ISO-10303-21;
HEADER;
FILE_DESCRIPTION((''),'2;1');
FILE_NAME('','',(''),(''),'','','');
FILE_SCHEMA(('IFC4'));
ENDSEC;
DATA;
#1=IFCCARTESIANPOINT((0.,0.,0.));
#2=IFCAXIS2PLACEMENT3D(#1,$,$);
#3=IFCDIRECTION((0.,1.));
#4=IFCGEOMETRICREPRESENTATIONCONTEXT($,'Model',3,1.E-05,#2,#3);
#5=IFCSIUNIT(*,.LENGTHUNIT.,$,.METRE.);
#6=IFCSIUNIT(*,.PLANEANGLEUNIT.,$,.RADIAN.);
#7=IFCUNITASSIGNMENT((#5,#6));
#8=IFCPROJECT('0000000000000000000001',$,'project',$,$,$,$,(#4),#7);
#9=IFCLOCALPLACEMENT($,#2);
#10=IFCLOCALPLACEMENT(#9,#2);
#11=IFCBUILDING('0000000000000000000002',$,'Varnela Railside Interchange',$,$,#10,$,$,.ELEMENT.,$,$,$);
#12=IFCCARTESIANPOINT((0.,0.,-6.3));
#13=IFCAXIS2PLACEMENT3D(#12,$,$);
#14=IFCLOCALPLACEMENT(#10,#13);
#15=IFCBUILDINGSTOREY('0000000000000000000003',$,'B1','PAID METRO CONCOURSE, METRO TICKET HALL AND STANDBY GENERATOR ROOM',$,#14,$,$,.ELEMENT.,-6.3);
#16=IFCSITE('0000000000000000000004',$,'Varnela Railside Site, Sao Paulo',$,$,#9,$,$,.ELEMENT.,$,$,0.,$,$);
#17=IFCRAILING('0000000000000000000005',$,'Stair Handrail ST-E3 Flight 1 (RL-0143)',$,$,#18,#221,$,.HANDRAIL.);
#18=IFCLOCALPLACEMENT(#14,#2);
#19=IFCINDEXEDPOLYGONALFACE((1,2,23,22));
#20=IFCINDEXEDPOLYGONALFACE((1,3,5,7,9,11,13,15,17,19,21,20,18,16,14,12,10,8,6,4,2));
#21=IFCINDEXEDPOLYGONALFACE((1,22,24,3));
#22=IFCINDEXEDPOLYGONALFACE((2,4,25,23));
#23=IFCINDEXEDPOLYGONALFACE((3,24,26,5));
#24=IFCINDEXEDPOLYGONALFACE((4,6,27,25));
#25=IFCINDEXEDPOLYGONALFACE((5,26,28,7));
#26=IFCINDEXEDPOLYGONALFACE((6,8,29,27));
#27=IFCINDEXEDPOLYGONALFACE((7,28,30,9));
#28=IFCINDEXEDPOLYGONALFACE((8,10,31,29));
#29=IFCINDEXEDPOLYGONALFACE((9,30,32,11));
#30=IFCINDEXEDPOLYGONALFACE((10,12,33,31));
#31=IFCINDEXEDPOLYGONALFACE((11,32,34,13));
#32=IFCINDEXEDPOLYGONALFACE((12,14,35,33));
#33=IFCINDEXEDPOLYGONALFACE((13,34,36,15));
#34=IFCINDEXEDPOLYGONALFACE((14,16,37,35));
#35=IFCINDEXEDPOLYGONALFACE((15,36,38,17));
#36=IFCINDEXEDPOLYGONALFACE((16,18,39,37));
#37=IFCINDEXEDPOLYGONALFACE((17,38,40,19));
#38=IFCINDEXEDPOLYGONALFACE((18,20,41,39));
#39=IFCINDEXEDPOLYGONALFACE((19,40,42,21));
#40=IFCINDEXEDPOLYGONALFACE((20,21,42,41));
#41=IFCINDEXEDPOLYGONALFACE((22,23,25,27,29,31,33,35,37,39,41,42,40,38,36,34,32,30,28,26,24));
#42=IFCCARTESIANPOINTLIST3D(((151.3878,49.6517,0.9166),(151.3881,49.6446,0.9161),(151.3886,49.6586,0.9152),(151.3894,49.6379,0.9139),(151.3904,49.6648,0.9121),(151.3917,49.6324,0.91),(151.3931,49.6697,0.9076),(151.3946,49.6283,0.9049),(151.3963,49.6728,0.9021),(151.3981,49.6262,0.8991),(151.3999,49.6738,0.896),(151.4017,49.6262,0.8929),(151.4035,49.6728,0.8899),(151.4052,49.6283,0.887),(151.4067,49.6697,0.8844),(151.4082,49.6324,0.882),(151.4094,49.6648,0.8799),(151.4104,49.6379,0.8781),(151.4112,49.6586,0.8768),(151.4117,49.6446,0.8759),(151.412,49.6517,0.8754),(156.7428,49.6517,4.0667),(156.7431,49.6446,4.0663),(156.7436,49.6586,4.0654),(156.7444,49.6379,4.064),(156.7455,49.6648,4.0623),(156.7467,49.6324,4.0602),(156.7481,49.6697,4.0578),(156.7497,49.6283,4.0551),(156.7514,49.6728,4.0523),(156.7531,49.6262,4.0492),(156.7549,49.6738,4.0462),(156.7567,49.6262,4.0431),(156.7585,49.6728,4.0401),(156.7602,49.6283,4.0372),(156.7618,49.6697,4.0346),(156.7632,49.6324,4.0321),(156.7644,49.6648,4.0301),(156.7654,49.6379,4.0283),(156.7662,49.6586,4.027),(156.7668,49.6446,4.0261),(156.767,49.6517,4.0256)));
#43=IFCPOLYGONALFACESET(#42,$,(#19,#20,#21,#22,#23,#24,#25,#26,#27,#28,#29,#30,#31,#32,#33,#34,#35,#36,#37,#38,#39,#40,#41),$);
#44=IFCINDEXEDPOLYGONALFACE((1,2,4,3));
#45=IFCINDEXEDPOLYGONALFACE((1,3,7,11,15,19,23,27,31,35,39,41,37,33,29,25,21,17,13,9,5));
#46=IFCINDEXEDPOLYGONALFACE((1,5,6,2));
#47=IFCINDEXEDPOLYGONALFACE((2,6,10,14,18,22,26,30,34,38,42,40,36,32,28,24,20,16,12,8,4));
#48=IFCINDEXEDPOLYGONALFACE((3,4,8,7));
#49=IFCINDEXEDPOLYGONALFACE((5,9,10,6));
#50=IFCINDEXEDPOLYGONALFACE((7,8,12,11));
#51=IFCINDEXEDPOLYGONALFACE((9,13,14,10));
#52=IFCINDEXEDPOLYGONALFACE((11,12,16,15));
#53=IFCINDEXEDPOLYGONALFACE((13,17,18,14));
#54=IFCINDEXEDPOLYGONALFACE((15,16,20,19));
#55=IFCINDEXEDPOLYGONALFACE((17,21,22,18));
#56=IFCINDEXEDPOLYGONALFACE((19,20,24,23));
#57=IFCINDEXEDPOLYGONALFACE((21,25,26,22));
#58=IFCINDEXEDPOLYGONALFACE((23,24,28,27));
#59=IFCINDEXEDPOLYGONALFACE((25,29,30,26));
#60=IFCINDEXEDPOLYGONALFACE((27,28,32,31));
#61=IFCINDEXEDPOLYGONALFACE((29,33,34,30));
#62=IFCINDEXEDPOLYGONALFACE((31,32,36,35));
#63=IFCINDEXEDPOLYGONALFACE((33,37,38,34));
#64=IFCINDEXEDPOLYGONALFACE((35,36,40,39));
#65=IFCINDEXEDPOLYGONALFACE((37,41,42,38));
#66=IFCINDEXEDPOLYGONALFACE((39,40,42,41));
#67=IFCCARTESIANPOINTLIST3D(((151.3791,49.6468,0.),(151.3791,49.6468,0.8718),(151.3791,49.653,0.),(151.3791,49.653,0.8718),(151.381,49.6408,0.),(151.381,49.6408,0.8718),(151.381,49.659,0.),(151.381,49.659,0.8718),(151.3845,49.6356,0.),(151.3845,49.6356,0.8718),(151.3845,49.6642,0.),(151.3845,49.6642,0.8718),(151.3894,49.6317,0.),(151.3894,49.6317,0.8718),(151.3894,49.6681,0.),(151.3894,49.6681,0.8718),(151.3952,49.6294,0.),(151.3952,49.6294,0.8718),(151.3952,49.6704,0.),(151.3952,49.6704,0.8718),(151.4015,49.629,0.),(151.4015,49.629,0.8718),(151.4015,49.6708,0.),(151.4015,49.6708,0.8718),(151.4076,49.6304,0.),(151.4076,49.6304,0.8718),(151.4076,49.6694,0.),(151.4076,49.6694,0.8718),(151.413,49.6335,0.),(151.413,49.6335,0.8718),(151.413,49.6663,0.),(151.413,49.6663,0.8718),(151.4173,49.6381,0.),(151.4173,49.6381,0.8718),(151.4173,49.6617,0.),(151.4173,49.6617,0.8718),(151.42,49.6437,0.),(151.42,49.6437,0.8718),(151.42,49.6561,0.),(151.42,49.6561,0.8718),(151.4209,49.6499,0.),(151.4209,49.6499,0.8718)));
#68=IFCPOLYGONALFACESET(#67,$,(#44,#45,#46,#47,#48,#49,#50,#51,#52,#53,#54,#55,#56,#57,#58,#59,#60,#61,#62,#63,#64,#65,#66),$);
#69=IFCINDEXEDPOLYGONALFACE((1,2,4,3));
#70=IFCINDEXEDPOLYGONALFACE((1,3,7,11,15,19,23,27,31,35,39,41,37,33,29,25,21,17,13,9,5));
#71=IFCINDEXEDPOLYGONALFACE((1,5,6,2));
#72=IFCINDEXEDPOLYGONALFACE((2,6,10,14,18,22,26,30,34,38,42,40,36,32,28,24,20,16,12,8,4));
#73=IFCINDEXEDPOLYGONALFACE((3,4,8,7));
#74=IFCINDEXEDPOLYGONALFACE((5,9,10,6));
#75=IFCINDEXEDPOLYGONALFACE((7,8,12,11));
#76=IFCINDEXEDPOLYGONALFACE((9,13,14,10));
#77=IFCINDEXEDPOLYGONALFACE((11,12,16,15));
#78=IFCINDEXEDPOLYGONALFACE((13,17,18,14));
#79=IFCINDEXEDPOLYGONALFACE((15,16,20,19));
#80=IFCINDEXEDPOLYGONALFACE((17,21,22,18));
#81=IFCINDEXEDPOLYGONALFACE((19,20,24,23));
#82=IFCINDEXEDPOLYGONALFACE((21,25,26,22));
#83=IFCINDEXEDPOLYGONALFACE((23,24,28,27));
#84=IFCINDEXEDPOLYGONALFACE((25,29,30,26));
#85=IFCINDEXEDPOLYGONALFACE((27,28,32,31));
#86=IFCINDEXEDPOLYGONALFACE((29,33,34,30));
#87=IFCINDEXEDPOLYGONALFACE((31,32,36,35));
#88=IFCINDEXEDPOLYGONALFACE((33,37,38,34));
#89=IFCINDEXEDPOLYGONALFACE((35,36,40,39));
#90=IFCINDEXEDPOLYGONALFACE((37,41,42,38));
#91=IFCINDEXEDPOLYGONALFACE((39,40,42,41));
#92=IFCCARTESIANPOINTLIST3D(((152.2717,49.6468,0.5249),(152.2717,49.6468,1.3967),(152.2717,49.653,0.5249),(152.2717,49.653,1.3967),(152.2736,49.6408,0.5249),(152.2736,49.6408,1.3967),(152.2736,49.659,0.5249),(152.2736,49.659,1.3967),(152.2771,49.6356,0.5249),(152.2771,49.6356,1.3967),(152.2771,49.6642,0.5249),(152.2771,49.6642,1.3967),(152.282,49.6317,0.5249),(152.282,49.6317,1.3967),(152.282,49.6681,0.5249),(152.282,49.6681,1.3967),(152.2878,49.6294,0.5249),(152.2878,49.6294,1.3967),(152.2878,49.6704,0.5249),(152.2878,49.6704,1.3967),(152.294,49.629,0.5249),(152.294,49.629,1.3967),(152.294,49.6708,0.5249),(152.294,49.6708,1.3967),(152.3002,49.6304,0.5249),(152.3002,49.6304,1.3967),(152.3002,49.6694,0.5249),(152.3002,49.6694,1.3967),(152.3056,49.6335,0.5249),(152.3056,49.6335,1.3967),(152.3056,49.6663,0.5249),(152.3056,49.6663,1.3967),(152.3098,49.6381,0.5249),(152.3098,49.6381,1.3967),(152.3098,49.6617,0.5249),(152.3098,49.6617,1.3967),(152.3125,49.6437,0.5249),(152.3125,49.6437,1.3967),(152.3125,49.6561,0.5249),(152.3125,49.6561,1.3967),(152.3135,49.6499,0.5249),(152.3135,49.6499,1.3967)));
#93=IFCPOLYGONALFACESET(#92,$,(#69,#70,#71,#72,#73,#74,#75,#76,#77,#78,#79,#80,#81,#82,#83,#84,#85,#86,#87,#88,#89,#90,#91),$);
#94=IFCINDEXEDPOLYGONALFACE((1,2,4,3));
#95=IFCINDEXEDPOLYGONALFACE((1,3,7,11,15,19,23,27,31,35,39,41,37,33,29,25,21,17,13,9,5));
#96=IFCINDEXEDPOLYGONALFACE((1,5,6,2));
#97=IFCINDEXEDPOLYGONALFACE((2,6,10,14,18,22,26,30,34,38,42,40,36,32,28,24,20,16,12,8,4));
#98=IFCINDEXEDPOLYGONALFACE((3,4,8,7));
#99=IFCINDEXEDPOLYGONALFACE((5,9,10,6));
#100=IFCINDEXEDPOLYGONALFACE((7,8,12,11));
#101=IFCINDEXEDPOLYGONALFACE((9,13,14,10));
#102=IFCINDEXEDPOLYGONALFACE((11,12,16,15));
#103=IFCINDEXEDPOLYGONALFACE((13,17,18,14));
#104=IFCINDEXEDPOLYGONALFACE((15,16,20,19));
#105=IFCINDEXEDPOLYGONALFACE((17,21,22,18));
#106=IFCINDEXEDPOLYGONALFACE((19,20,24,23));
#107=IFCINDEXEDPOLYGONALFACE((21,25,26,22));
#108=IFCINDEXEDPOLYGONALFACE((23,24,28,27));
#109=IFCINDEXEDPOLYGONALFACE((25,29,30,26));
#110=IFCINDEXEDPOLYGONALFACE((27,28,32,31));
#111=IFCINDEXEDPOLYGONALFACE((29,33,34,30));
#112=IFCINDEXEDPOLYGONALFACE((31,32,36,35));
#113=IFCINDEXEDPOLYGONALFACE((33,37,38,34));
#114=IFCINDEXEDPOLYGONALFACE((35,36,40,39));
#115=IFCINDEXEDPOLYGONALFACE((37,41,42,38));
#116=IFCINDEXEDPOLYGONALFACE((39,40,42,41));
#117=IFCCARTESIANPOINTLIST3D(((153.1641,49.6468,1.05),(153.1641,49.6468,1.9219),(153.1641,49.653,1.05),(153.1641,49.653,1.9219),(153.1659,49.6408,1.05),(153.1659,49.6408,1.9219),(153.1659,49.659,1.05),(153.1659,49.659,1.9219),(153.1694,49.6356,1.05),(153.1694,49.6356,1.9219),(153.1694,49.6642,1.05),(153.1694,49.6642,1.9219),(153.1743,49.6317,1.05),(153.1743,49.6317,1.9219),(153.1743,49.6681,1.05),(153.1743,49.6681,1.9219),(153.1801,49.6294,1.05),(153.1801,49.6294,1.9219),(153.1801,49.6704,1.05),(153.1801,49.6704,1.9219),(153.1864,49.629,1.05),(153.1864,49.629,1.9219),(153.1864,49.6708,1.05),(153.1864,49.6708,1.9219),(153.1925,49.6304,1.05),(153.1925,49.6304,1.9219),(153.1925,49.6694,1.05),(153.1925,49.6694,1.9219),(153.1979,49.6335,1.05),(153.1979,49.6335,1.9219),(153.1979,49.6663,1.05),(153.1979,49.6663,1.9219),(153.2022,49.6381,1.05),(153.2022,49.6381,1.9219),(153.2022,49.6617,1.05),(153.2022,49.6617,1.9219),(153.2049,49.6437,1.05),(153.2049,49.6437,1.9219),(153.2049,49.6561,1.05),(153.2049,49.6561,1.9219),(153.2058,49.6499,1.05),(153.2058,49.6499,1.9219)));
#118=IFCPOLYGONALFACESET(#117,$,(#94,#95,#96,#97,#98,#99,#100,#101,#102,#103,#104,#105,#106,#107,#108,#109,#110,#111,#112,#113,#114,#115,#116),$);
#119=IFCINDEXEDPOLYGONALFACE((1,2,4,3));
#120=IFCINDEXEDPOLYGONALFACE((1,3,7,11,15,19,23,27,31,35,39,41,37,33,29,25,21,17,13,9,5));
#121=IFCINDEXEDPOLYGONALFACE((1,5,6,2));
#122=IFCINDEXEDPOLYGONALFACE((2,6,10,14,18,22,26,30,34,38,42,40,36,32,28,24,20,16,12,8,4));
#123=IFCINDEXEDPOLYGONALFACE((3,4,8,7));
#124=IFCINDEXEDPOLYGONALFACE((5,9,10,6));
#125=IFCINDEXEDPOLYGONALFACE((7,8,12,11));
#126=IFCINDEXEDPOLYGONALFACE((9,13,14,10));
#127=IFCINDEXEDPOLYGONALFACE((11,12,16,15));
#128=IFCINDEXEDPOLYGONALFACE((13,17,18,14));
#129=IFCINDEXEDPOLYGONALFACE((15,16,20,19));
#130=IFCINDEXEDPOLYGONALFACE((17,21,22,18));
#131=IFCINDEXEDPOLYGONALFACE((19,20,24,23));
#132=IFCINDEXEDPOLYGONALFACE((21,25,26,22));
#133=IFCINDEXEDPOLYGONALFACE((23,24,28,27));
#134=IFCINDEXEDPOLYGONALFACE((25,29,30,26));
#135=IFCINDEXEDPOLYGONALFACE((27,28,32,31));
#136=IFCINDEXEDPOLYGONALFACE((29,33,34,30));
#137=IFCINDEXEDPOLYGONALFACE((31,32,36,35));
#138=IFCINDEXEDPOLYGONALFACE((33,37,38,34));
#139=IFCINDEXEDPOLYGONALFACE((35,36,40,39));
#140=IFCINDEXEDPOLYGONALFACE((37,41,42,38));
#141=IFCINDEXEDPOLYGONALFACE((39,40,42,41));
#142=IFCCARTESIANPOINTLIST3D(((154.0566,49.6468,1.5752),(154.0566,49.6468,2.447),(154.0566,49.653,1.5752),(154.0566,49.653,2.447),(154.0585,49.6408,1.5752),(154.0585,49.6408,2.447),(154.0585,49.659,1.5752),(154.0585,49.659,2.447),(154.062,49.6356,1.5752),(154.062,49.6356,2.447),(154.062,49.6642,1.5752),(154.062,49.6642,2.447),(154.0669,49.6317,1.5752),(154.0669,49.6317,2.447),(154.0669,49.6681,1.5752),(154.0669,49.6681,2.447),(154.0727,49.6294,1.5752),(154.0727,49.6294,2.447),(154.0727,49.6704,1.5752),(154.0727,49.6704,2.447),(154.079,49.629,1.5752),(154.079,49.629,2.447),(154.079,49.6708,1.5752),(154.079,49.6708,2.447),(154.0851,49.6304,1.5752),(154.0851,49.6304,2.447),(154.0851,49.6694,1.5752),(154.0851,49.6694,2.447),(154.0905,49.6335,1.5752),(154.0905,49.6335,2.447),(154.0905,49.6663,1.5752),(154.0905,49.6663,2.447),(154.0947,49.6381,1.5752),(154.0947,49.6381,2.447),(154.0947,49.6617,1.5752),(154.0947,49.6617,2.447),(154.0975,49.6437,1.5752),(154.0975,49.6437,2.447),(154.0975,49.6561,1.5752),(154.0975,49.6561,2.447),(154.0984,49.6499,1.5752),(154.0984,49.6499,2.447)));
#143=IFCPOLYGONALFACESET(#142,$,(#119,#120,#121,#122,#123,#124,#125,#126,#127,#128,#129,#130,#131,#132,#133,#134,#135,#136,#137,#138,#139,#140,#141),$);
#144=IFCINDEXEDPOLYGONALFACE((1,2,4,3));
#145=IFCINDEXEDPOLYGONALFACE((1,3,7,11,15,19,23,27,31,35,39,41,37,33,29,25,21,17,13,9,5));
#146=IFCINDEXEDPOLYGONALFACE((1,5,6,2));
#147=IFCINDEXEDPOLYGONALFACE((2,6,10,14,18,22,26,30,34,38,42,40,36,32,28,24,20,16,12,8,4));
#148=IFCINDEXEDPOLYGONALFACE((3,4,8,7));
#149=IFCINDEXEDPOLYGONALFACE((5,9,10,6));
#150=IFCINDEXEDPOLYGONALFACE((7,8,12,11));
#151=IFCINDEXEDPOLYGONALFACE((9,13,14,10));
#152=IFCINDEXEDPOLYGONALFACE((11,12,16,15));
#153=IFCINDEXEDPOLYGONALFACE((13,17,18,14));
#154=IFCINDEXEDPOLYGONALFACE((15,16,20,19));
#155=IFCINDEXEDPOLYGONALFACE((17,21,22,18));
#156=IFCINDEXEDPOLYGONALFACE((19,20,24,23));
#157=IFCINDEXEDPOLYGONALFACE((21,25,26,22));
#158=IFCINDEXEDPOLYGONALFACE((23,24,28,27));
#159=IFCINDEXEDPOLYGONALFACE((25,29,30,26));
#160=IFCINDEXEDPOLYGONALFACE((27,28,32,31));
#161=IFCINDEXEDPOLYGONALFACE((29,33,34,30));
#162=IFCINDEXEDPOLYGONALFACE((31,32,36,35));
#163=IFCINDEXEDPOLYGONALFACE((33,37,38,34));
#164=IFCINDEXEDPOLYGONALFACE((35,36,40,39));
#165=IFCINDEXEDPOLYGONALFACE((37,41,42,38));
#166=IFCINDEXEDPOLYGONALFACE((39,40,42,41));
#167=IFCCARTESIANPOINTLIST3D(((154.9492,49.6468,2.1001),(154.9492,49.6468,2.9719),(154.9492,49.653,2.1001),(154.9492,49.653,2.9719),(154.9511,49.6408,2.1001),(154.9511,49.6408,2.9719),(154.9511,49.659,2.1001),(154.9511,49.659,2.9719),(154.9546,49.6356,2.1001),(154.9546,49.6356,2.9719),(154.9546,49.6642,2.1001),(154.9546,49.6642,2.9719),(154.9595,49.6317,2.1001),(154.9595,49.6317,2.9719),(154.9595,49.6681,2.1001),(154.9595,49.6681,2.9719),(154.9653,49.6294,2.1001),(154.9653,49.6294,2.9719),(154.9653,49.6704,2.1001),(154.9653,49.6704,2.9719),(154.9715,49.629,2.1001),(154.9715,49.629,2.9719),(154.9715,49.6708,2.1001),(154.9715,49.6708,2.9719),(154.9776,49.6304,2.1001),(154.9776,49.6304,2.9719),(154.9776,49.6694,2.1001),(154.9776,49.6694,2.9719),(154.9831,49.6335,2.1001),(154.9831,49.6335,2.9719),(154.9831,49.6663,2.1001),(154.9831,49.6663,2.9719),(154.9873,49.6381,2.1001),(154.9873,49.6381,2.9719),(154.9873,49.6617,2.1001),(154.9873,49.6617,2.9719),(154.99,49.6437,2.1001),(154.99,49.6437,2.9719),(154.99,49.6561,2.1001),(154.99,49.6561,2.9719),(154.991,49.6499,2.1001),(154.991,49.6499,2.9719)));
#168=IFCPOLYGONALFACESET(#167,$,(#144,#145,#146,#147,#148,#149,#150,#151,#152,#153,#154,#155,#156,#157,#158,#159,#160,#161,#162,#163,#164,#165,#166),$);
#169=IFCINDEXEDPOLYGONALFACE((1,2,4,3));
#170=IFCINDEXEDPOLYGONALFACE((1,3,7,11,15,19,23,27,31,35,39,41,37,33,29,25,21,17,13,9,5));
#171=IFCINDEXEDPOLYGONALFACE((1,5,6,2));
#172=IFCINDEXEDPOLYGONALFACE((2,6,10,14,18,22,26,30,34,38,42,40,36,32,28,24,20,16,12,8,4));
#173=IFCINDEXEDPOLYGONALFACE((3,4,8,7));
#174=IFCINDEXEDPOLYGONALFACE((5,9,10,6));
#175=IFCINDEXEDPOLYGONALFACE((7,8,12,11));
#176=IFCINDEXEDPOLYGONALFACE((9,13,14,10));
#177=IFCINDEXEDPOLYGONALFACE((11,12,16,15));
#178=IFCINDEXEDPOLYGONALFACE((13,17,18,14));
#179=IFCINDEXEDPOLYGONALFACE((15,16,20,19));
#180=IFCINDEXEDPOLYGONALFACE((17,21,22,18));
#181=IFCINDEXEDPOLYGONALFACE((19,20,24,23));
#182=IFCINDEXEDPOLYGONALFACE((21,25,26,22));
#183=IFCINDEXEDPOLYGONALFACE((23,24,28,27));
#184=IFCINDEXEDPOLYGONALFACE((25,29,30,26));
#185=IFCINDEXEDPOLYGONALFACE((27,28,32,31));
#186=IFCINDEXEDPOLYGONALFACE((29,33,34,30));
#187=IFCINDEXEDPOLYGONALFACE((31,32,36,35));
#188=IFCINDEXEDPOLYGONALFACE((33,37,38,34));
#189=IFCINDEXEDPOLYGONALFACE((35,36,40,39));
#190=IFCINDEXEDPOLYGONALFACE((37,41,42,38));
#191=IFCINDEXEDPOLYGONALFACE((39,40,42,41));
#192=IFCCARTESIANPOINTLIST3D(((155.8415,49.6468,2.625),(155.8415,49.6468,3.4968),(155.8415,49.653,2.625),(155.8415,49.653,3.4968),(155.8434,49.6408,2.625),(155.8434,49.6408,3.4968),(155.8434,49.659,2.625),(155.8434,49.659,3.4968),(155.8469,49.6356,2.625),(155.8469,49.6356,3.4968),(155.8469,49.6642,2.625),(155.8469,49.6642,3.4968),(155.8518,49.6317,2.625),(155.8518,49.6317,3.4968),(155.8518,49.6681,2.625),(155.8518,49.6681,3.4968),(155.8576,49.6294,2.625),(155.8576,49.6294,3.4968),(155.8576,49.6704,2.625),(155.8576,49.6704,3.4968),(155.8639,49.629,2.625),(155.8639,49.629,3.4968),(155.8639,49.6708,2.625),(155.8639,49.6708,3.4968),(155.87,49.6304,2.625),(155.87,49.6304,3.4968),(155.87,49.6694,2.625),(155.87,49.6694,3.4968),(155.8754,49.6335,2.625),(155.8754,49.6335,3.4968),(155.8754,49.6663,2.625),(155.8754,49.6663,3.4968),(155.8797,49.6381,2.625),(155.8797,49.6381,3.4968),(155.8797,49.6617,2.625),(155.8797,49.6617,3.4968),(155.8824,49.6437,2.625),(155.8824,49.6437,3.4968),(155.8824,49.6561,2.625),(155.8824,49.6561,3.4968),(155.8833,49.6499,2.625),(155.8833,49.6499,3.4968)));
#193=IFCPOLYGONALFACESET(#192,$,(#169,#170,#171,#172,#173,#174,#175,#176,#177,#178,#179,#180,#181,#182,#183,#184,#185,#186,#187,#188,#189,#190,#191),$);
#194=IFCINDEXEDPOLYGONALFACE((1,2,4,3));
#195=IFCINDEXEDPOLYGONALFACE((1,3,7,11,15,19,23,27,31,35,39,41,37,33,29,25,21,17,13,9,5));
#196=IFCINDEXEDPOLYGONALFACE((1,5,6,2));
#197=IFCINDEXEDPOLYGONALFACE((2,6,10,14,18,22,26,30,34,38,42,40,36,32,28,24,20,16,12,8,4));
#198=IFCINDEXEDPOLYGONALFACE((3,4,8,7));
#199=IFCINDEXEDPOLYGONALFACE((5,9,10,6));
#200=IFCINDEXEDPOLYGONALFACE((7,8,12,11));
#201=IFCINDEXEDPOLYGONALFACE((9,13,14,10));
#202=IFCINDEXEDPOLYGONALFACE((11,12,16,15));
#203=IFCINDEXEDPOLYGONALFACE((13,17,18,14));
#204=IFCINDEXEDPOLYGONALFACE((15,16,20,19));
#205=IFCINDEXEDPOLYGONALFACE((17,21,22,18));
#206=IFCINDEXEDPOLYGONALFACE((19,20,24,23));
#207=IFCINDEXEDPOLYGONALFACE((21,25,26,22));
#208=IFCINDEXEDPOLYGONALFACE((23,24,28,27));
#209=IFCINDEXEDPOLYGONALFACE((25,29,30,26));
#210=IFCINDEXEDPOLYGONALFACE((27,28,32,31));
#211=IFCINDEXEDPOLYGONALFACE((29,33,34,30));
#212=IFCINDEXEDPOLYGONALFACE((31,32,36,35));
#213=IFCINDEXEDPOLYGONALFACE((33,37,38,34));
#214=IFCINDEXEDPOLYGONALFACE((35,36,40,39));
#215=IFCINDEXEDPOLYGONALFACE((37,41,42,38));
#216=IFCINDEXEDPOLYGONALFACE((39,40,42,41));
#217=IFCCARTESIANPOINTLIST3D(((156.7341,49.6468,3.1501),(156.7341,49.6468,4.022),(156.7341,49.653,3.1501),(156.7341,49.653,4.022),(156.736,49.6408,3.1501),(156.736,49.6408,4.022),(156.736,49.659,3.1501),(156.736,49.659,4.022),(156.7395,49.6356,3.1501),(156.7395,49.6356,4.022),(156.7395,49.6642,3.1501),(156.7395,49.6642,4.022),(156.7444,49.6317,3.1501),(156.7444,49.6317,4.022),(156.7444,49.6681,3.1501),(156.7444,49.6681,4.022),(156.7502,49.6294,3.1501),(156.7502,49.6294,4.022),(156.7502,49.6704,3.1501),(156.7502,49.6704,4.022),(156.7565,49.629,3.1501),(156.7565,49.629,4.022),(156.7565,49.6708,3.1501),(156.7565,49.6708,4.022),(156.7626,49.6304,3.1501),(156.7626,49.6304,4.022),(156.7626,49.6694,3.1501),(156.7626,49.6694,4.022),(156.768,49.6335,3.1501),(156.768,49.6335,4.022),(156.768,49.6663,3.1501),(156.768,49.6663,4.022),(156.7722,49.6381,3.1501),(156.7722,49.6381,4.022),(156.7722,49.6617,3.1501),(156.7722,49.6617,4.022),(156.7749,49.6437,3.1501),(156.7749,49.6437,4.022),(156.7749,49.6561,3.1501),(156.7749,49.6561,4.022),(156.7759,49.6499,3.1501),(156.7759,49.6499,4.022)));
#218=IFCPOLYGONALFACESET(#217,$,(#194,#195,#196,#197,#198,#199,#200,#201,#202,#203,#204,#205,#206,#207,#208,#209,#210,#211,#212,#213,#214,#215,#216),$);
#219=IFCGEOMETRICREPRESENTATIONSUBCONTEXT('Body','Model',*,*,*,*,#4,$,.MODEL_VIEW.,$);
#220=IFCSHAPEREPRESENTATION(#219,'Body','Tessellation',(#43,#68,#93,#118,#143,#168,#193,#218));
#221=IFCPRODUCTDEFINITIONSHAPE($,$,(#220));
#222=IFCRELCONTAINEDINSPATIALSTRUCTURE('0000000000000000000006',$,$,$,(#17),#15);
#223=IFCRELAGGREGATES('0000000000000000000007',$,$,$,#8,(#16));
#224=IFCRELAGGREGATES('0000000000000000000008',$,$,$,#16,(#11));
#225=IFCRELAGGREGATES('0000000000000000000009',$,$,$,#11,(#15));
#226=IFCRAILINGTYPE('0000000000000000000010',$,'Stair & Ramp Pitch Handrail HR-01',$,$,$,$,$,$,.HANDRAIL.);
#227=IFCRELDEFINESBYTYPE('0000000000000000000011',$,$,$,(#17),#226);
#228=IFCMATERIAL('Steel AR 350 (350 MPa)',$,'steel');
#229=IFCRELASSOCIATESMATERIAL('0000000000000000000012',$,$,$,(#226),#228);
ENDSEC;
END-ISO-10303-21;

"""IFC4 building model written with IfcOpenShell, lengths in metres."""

from ifc_helpers import new_model, si_unit, direction, frame, origin, origin_2d, place, context, subcontext, project, spatial, circle, extrude, material, type_object, element, save


model = new_model("IFC4")

# Units and contexts
model_context = context("Model", 3, precision=1e-05, world=origin(), true_north=direction((0.0, 1.0)))
body_context = subcontext(model_context, "Body", "Model", "MODEL_VIEW")
ifc_project = project(units=[si_unit("LENGTHUNIT", "METRE"), si_unit("PLANEANGLEUNIT", "RADIAN")], contexts=[model_context])

# Site, building, storey
site_placement = place(None, origin())
site = spatial("IfcSite", under=ifc_project, at=site_placement, Name="Varnela Railside Site, Sao Paulo", CompositionType="ELEMENT", RefElevation=0.0)
building_placement = place(site_placement, origin())
building = spatial("IfcBuilding", under=site, at=building_placement, Name="Varnela Railside Interchange", CompositionType="ELEMENT")
storey_placement = place(building_placement, frame((0.0, 0.0, -6.3)))
storey = spatial("IfcBuildingStorey", under=building, at=storey_placement, Name="B1", Description="PAID METRO CONCOURSE, METRO TICKET HALL AND STANDBY GENERATOR ROOM", CompositionType="ELEMENT", Elevation=-6.3)

# Railing
ifc_material_1 = material(Name="Steel AR 350 (350 MPa)", Category="steel")
railing_type_1 = type_object("IfcRailingType", Name="Stair & Ramp Pitch Handrail HR-01", PredefinedType="HANDRAIL", material=ifc_material_1)
railing_1_placement = place(storey_placement, frame((151.3999, 49.6499, 0.0)))
element("IfcRailing", 1, at=railing_1_placement, inside=storey, type_object=railing_type_1, Name="Stair Handrail ST-E3 Flight 1 (RL-0143)", PredefinedType="HANDRAIL", context=body_context, shape_type="SweptSolid", body=[
    extrude(circle(Radius=0.0239, at=origin_2d()), frame((0.0, 0.0, 0.896), z_axis=(0.861923, 0.0, 0.507039), x_axis=(0.0, 1.0, 0.0)), (0.0, 0.0, 1.0), 6.2129),
    extrude(circle(Radius=0.021, at=origin_2d()), origin(), (0.0, 0.0, 1.0), 0.8718),
    extrude(circle(Radius=0.021, at=origin_2d()), frame((0.8926, 0.0, 0.5249)), (0.0, 0.0, 1.0), 0.8718),
    extrude(circle(Radius=0.021, at=origin_2d()), frame((1.7849, 0.0, 1.05)), (0.0, 0.0, 1.0), 0.8718),
    extrude(circle(Radius=0.021, at=origin_2d()), frame((2.6775, 0.0, 1.5752)), (0.0, 0.0, 1.0), 0.8718),
    extrude(circle(Radius=0.021, at=origin_2d()), frame((3.5701, 0.0, 2.1001)), (0.0, 0.0, 1.0), 0.8718),
    extrude(circle(Radius=0.021, at=origin_2d()), frame((4.4624, 0.0, 2.625)), (0.0, 0.0, 1.0), 0.8718),
    extrude(circle(Radius=0.021, at=origin_2d()), frame((5.355, 0.0, 3.1501)), (0.0, 0.0, 1.0), 0.8718),
])

save(model, "model.ifc")
